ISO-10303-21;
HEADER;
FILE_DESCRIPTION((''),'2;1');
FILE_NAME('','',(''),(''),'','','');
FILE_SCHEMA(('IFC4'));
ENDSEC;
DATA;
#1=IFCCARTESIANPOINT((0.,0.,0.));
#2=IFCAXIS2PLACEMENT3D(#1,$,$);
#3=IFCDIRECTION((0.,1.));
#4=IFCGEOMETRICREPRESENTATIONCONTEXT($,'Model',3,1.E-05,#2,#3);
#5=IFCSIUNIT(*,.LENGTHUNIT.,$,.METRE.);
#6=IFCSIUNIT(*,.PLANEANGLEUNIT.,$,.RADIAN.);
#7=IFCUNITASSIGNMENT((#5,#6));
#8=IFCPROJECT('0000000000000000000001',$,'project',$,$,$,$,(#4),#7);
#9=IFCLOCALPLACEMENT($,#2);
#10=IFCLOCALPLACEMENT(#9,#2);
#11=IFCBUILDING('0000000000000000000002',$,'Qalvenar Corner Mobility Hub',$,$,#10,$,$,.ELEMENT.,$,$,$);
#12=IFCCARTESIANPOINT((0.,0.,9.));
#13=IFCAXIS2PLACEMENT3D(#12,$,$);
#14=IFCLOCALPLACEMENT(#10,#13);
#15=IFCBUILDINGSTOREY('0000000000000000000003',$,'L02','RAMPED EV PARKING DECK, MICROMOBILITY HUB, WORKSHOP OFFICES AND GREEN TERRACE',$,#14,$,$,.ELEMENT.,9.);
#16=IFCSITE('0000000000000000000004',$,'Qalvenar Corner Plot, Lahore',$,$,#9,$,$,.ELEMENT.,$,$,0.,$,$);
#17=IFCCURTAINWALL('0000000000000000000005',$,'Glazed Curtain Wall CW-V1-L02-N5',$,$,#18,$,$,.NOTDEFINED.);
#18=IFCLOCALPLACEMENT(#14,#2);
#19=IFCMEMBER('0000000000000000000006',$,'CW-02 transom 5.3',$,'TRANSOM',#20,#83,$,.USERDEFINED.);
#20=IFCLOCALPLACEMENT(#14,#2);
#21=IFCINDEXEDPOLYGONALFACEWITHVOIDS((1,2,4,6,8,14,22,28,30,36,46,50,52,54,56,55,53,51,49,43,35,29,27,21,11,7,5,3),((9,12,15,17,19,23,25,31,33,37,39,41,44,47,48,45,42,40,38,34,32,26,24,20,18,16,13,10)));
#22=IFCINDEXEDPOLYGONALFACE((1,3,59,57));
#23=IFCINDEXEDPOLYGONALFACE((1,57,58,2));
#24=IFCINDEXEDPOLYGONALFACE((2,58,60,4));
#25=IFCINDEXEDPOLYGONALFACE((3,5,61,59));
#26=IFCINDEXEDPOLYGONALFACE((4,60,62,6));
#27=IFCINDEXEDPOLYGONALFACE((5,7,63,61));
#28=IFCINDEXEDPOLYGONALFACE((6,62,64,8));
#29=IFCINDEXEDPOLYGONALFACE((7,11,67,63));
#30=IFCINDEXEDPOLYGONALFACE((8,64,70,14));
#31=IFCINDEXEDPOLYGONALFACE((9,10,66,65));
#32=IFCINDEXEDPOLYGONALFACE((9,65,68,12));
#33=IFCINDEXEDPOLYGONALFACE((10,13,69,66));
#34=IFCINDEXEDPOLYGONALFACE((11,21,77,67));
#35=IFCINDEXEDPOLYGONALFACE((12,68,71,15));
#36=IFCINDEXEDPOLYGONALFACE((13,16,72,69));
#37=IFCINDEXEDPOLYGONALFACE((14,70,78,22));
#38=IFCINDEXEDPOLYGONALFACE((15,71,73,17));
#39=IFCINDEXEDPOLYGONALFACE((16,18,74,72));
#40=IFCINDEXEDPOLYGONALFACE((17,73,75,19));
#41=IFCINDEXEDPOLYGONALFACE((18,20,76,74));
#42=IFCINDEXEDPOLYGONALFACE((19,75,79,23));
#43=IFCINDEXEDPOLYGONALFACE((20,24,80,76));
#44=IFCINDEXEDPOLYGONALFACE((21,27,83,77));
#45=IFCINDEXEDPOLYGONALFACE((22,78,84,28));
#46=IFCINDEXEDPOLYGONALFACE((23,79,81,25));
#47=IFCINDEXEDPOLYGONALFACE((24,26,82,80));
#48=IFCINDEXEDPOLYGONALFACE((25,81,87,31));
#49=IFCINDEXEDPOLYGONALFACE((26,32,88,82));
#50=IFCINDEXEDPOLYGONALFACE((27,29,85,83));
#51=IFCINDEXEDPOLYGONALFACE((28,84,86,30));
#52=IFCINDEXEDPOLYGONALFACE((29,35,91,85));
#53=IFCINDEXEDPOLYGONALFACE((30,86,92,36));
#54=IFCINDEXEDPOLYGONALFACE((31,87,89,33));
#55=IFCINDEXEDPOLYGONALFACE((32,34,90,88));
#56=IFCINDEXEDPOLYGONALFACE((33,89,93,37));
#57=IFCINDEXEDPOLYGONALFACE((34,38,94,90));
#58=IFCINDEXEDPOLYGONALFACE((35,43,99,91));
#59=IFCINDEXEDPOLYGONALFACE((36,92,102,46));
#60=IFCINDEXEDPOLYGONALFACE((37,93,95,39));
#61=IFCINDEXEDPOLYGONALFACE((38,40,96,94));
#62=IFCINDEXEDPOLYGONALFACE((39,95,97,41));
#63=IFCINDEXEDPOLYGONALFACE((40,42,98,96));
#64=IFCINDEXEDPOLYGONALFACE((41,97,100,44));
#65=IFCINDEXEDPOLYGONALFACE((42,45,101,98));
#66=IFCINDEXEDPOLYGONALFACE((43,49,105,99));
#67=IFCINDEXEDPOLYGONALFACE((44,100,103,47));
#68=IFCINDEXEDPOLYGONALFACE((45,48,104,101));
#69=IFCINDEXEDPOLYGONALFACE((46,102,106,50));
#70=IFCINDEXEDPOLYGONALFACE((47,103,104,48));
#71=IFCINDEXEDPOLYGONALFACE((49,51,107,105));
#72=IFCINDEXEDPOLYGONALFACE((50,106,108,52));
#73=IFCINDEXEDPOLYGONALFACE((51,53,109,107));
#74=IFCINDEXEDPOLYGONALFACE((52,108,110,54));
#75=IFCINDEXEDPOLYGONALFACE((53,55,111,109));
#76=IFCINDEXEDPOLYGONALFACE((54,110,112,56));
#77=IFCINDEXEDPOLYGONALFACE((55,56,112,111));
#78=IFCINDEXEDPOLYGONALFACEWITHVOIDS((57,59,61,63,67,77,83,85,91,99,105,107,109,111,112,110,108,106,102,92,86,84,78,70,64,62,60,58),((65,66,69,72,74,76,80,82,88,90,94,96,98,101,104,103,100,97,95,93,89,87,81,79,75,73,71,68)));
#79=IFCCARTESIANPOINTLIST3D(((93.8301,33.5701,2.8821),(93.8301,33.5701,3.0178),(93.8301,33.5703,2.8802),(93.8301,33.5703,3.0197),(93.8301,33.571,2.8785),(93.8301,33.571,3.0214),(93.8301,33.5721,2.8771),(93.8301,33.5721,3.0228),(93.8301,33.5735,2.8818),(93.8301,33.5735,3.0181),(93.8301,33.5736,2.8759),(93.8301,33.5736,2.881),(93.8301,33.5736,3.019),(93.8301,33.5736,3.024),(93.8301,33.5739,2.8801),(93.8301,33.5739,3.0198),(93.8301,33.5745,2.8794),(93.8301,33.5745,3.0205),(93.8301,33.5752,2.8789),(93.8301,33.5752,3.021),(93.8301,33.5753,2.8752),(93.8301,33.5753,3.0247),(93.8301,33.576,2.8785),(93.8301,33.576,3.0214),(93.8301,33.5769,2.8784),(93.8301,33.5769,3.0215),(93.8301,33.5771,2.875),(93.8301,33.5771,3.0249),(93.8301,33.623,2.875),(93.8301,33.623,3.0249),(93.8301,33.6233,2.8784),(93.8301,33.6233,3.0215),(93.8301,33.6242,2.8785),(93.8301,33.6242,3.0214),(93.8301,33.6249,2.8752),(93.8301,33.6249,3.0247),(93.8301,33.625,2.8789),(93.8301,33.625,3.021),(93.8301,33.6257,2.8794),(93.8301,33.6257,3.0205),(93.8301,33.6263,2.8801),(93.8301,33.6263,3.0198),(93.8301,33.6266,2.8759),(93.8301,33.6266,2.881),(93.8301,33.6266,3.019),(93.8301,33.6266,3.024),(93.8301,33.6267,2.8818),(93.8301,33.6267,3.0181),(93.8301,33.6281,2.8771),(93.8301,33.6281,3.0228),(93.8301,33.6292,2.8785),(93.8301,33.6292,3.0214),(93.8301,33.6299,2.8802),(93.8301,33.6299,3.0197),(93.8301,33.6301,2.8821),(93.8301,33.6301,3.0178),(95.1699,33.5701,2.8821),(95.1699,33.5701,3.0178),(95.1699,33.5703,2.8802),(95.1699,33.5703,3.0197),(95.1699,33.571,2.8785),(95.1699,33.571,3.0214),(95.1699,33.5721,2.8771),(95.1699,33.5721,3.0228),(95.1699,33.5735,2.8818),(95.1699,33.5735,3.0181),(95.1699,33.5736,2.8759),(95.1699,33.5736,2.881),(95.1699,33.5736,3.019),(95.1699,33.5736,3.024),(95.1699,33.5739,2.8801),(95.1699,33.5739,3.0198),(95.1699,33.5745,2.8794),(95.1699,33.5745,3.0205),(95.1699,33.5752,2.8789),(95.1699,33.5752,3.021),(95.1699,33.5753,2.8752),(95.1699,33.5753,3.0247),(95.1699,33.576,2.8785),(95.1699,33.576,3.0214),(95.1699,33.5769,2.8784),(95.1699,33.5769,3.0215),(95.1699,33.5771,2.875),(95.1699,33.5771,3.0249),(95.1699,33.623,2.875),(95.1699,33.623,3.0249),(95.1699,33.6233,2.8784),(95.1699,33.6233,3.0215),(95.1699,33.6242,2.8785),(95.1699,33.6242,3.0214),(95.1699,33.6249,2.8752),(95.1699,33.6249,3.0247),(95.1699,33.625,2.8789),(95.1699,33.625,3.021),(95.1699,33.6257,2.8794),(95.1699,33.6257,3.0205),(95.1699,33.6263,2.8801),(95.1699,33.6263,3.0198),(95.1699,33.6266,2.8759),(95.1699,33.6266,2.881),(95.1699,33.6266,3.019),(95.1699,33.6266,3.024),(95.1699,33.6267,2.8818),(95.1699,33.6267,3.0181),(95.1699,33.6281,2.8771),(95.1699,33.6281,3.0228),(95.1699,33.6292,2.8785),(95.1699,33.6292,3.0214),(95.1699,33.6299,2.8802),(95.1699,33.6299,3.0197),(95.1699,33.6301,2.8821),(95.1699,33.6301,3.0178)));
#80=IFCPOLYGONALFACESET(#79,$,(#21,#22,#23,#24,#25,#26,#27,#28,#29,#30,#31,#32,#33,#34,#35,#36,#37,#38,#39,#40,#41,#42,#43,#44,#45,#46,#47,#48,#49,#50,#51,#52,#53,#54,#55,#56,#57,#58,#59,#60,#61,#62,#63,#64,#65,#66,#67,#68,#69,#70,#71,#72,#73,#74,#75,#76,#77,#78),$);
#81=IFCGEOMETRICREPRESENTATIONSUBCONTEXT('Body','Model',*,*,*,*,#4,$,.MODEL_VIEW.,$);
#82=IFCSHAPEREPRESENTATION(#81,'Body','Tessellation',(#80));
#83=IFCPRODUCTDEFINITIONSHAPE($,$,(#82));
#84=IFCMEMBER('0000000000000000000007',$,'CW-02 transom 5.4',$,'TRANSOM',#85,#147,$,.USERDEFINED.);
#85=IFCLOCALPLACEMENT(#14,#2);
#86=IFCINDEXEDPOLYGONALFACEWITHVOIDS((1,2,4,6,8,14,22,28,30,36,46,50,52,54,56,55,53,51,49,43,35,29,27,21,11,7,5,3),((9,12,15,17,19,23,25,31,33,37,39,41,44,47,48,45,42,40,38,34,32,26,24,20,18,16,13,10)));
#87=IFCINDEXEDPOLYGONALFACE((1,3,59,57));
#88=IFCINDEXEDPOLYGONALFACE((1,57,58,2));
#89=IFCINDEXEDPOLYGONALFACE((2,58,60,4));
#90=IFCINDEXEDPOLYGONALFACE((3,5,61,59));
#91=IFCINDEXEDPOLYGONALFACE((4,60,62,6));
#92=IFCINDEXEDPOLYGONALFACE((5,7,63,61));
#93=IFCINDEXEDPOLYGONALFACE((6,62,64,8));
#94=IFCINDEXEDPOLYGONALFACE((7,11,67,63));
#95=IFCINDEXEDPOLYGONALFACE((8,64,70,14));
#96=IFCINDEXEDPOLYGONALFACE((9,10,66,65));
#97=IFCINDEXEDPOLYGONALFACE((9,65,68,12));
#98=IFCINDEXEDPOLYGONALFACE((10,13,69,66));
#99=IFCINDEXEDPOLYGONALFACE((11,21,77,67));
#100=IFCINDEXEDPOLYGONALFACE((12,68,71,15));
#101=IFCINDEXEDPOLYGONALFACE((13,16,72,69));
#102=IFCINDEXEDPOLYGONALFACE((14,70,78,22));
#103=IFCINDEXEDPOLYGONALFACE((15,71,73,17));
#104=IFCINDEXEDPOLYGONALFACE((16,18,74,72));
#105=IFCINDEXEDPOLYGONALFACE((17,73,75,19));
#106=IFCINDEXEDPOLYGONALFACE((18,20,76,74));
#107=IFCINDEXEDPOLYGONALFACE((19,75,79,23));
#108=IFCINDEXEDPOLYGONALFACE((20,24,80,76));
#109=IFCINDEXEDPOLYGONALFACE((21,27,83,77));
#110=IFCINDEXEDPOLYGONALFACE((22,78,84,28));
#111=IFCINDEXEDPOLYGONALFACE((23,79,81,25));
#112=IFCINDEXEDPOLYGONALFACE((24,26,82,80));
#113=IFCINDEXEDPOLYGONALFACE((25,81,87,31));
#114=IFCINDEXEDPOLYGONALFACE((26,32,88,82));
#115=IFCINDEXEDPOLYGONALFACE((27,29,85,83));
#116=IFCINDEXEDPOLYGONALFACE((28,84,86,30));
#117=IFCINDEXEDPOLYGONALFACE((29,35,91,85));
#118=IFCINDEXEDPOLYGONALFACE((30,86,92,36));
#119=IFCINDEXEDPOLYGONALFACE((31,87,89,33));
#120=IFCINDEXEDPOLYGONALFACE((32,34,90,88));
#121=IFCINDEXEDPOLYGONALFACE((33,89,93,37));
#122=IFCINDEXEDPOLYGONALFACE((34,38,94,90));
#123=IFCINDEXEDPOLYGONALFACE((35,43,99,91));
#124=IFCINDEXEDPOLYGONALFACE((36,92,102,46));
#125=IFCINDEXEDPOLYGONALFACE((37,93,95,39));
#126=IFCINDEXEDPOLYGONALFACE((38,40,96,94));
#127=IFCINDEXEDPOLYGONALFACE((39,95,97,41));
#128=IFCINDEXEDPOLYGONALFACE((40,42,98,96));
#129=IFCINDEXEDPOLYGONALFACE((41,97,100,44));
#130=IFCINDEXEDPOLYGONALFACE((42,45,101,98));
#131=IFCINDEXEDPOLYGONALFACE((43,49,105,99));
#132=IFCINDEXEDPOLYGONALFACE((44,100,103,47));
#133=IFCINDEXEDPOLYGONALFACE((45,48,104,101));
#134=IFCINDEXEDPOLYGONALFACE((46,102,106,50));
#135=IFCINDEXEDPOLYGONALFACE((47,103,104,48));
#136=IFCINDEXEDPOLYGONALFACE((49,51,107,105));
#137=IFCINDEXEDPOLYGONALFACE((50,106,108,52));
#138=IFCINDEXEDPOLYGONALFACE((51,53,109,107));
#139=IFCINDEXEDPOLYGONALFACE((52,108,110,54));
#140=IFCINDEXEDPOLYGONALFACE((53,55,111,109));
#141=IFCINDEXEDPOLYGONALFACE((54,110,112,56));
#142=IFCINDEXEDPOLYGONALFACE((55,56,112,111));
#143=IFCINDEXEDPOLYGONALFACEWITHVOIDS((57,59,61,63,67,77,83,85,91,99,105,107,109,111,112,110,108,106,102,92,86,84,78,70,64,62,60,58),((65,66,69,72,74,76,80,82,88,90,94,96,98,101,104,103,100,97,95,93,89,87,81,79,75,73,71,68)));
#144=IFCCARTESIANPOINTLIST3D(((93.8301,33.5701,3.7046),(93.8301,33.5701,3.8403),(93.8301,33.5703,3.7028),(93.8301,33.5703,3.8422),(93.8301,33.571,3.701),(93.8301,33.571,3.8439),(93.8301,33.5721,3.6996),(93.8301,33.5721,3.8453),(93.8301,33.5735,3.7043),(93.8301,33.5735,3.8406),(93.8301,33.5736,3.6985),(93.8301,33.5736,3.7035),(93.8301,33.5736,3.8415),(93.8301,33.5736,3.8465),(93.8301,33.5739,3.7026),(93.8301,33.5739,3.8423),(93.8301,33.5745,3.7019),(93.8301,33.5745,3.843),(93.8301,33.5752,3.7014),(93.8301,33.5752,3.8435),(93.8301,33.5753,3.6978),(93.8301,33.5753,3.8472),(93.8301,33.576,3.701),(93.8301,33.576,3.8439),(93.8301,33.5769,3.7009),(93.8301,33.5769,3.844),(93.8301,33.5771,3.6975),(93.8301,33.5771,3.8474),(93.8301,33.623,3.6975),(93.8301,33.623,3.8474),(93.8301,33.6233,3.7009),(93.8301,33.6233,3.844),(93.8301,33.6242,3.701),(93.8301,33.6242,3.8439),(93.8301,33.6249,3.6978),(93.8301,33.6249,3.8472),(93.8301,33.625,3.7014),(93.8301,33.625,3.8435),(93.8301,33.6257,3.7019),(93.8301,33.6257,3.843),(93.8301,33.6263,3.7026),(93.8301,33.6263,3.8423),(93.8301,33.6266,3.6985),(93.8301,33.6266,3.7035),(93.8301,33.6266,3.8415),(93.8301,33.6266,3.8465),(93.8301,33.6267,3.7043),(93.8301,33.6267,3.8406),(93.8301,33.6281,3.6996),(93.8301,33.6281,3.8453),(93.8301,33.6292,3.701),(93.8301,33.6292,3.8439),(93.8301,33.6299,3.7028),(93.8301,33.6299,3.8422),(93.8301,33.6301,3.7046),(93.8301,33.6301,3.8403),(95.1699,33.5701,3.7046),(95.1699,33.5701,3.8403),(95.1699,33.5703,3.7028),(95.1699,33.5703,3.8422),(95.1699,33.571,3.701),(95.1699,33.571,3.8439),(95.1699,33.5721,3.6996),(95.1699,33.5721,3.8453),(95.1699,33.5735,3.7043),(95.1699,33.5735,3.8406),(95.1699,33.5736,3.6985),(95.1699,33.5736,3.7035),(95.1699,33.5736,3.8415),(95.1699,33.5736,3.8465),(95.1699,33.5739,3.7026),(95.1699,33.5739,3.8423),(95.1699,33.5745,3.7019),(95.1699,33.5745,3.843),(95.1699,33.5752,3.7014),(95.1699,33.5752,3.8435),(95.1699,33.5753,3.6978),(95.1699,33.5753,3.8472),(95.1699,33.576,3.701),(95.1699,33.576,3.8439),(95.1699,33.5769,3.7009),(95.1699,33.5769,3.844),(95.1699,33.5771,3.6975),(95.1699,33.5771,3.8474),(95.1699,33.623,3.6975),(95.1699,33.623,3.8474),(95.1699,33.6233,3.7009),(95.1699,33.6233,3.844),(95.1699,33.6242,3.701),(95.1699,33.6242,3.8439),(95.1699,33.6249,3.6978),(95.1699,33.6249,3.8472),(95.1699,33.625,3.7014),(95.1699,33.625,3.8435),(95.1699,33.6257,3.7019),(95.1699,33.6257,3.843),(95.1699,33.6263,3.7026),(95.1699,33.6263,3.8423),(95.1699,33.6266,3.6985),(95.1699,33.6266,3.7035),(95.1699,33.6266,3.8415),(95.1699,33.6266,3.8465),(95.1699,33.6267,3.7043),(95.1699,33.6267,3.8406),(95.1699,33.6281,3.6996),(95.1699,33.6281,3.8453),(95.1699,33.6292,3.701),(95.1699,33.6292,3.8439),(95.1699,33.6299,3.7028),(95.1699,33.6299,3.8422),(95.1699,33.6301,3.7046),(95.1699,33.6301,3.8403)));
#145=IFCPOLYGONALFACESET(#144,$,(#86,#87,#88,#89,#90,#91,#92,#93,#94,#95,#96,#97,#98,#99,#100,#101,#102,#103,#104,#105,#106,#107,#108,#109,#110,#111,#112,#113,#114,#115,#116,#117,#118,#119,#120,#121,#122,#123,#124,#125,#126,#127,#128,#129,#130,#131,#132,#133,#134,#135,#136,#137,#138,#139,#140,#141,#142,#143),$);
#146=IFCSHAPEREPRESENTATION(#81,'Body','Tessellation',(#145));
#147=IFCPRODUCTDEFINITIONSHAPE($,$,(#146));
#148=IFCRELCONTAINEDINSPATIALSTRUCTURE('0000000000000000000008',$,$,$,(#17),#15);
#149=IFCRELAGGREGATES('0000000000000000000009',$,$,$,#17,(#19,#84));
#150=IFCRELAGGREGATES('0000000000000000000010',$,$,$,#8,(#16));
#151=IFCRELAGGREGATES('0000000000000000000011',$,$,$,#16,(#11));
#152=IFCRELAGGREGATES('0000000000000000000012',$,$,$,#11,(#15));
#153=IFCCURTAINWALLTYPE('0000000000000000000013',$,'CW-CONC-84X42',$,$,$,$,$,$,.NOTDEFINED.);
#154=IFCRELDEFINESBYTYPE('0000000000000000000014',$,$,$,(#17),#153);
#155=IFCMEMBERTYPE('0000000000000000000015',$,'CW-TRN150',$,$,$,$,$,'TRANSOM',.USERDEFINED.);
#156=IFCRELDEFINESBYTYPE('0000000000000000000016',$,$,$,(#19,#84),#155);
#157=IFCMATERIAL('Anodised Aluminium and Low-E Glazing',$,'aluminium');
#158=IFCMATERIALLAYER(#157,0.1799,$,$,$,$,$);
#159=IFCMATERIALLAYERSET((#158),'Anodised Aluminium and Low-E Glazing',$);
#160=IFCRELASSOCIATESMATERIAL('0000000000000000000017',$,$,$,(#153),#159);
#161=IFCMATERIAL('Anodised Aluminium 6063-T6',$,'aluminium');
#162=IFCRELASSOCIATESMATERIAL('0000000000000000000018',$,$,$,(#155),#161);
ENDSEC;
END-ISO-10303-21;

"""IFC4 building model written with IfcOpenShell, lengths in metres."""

from ifc_helpers import new_model, si_unit, direction, frame, origin, origin_2d, place, context, subcontext, project, spatial, hollow_rectangle, extrude, material, layer, layer_set, material_profile, profile_set, type_object, element, aggregate, save


model = new_model("IFC4")

# Units and contexts
model_context = context("Model", 3, precision=1e-05, world=origin(), true_north=direction((0.0, 1.0)))
body_context = subcontext(model_context, "Body", "Model", "MODEL_VIEW")
ifc_project = project(units=[si_unit("LENGTHUNIT", "METRE"), si_unit("PLANEANGLEUNIT", "RADIAN")], contexts=[model_context])

# Site, building, storey
site_placement = place(None, origin())
site = spatial("IfcSite", under=ifc_project, at=site_placement, Name="Qalvenar Corner Plot, Lahore", CompositionType="ELEMENT", RefElevation=0.0)
building_placement = place(site_placement, origin())
building = spatial("IfcBuilding", under=site, at=building_placement, Name="Qalvenar Corner Mobility Hub", CompositionType="ELEMENT")
storey_placement = place(building_placement, frame((0.0, 0.0, 9.0)))
storey = spatial("IfcBuildingStorey", under=building, at=storey_placement, Name="L02", Description="RAMPED EV PARKING DECK, MICROMOBILITY HUB, WORKSHOP OFFICES AND GREEN TERRACE", CompositionType="ELEMENT", Elevation=9.0)

# Curtain wall, members
ifc_material_1 = material(Name="Anodised Aluminium and Low-E Glazing", Category="aluminium")
ifc_layer_1 = layer(ifc_material_1, 0.1799)
ifc_layer_set_1 = layer_set([ifc_layer_1], Name="Anodised Aluminium and Low-E Glazing")
curtain_wall_type = type_object("IfcCurtainWallType", Name="CW-CONC-84X42", PredefinedType="NOTDEFINED", material=ifc_layer_set_1)
curtain_wall_placement = place(storey_placement, origin())
curtain_wall = element("IfcCurtainWall", 1, at=curtain_wall_placement, inside=storey, type_object=curtain_wall_type, Name="Glazed Curtain Wall CW-V1-L02-N5", PredefinedType="NOTDEFINED")
ifc_material_2 = material(Name="Anodised Aluminium 6063-T6", Category="aluminium")
ifc_material_profile_1 = material_profile(ifc_material_2, hollow_rectangle(XDim=0.0601, YDim=0.1499, WallThickness=0.0034, InnerFilletRadius=0.0034, OuterFilletRadius=0.0071, at=origin_2d()), Name="RHS150x60x3.5")
ifc_profile_set_1 = profile_set([ifc_material_profile_1], Name="Anodised Aluminium 6063-T6")
member_type_1 = type_object("IfcMemberType", Name="CW-TRN150", ElementType="TRANSOM", PredefinedType="USERDEFINED", material=ifc_profile_set_1)
member_1_placement = place(storey_placement, frame((95.1699, 33.6001, 2.95), z_axis=(-1.0, 0.0, 0.0), x_axis=(0.0, -1.0, 0.0)))
member_1 = element("IfcMember", 2, at=member_1_placement, type_object=member_type_1, Name="CW-02 transom 5.3", ObjectType="TRANSOM", PredefinedType="USERDEFINED", context=body_context, shape_type="SweptSolid", body=[
    extrude(hollow_rectangle(XDim=0.0601, YDim=0.1499, WallThickness=0.0034, InnerFilletRadius=0.0034, OuterFilletRadius=0.0071, at=origin_2d()), origin(), (0.0, 0.0, 1.0), 1.3398),
])
member_2_placement = place(storey_placement, frame((95.1699, 33.6001, 3.7725), z_axis=(-1.0, 0.0, 0.0), x_axis=(0.0, -1.0, 0.0)))
member_2 = element("IfcMember", 3, at=member_2_placement, type_object=member_type_1, Name="CW-02 transom 5.4", ObjectType="TRANSOM", PredefinedType="USERDEFINED", context=body_context, shape_type="SweptSolid", body=[
    extrude(hollow_rectangle(XDim=0.0601, YDim=0.1499, WallThickness=0.0034, InnerFilletRadius=0.0034, OuterFilletRadius=0.0071, at=origin_2d()), origin(), (0.0, 0.0, 1.0), 1.3398),
])
aggregate(curtain_wall, [member_1, member_2])

save(model, "model.ifc")
